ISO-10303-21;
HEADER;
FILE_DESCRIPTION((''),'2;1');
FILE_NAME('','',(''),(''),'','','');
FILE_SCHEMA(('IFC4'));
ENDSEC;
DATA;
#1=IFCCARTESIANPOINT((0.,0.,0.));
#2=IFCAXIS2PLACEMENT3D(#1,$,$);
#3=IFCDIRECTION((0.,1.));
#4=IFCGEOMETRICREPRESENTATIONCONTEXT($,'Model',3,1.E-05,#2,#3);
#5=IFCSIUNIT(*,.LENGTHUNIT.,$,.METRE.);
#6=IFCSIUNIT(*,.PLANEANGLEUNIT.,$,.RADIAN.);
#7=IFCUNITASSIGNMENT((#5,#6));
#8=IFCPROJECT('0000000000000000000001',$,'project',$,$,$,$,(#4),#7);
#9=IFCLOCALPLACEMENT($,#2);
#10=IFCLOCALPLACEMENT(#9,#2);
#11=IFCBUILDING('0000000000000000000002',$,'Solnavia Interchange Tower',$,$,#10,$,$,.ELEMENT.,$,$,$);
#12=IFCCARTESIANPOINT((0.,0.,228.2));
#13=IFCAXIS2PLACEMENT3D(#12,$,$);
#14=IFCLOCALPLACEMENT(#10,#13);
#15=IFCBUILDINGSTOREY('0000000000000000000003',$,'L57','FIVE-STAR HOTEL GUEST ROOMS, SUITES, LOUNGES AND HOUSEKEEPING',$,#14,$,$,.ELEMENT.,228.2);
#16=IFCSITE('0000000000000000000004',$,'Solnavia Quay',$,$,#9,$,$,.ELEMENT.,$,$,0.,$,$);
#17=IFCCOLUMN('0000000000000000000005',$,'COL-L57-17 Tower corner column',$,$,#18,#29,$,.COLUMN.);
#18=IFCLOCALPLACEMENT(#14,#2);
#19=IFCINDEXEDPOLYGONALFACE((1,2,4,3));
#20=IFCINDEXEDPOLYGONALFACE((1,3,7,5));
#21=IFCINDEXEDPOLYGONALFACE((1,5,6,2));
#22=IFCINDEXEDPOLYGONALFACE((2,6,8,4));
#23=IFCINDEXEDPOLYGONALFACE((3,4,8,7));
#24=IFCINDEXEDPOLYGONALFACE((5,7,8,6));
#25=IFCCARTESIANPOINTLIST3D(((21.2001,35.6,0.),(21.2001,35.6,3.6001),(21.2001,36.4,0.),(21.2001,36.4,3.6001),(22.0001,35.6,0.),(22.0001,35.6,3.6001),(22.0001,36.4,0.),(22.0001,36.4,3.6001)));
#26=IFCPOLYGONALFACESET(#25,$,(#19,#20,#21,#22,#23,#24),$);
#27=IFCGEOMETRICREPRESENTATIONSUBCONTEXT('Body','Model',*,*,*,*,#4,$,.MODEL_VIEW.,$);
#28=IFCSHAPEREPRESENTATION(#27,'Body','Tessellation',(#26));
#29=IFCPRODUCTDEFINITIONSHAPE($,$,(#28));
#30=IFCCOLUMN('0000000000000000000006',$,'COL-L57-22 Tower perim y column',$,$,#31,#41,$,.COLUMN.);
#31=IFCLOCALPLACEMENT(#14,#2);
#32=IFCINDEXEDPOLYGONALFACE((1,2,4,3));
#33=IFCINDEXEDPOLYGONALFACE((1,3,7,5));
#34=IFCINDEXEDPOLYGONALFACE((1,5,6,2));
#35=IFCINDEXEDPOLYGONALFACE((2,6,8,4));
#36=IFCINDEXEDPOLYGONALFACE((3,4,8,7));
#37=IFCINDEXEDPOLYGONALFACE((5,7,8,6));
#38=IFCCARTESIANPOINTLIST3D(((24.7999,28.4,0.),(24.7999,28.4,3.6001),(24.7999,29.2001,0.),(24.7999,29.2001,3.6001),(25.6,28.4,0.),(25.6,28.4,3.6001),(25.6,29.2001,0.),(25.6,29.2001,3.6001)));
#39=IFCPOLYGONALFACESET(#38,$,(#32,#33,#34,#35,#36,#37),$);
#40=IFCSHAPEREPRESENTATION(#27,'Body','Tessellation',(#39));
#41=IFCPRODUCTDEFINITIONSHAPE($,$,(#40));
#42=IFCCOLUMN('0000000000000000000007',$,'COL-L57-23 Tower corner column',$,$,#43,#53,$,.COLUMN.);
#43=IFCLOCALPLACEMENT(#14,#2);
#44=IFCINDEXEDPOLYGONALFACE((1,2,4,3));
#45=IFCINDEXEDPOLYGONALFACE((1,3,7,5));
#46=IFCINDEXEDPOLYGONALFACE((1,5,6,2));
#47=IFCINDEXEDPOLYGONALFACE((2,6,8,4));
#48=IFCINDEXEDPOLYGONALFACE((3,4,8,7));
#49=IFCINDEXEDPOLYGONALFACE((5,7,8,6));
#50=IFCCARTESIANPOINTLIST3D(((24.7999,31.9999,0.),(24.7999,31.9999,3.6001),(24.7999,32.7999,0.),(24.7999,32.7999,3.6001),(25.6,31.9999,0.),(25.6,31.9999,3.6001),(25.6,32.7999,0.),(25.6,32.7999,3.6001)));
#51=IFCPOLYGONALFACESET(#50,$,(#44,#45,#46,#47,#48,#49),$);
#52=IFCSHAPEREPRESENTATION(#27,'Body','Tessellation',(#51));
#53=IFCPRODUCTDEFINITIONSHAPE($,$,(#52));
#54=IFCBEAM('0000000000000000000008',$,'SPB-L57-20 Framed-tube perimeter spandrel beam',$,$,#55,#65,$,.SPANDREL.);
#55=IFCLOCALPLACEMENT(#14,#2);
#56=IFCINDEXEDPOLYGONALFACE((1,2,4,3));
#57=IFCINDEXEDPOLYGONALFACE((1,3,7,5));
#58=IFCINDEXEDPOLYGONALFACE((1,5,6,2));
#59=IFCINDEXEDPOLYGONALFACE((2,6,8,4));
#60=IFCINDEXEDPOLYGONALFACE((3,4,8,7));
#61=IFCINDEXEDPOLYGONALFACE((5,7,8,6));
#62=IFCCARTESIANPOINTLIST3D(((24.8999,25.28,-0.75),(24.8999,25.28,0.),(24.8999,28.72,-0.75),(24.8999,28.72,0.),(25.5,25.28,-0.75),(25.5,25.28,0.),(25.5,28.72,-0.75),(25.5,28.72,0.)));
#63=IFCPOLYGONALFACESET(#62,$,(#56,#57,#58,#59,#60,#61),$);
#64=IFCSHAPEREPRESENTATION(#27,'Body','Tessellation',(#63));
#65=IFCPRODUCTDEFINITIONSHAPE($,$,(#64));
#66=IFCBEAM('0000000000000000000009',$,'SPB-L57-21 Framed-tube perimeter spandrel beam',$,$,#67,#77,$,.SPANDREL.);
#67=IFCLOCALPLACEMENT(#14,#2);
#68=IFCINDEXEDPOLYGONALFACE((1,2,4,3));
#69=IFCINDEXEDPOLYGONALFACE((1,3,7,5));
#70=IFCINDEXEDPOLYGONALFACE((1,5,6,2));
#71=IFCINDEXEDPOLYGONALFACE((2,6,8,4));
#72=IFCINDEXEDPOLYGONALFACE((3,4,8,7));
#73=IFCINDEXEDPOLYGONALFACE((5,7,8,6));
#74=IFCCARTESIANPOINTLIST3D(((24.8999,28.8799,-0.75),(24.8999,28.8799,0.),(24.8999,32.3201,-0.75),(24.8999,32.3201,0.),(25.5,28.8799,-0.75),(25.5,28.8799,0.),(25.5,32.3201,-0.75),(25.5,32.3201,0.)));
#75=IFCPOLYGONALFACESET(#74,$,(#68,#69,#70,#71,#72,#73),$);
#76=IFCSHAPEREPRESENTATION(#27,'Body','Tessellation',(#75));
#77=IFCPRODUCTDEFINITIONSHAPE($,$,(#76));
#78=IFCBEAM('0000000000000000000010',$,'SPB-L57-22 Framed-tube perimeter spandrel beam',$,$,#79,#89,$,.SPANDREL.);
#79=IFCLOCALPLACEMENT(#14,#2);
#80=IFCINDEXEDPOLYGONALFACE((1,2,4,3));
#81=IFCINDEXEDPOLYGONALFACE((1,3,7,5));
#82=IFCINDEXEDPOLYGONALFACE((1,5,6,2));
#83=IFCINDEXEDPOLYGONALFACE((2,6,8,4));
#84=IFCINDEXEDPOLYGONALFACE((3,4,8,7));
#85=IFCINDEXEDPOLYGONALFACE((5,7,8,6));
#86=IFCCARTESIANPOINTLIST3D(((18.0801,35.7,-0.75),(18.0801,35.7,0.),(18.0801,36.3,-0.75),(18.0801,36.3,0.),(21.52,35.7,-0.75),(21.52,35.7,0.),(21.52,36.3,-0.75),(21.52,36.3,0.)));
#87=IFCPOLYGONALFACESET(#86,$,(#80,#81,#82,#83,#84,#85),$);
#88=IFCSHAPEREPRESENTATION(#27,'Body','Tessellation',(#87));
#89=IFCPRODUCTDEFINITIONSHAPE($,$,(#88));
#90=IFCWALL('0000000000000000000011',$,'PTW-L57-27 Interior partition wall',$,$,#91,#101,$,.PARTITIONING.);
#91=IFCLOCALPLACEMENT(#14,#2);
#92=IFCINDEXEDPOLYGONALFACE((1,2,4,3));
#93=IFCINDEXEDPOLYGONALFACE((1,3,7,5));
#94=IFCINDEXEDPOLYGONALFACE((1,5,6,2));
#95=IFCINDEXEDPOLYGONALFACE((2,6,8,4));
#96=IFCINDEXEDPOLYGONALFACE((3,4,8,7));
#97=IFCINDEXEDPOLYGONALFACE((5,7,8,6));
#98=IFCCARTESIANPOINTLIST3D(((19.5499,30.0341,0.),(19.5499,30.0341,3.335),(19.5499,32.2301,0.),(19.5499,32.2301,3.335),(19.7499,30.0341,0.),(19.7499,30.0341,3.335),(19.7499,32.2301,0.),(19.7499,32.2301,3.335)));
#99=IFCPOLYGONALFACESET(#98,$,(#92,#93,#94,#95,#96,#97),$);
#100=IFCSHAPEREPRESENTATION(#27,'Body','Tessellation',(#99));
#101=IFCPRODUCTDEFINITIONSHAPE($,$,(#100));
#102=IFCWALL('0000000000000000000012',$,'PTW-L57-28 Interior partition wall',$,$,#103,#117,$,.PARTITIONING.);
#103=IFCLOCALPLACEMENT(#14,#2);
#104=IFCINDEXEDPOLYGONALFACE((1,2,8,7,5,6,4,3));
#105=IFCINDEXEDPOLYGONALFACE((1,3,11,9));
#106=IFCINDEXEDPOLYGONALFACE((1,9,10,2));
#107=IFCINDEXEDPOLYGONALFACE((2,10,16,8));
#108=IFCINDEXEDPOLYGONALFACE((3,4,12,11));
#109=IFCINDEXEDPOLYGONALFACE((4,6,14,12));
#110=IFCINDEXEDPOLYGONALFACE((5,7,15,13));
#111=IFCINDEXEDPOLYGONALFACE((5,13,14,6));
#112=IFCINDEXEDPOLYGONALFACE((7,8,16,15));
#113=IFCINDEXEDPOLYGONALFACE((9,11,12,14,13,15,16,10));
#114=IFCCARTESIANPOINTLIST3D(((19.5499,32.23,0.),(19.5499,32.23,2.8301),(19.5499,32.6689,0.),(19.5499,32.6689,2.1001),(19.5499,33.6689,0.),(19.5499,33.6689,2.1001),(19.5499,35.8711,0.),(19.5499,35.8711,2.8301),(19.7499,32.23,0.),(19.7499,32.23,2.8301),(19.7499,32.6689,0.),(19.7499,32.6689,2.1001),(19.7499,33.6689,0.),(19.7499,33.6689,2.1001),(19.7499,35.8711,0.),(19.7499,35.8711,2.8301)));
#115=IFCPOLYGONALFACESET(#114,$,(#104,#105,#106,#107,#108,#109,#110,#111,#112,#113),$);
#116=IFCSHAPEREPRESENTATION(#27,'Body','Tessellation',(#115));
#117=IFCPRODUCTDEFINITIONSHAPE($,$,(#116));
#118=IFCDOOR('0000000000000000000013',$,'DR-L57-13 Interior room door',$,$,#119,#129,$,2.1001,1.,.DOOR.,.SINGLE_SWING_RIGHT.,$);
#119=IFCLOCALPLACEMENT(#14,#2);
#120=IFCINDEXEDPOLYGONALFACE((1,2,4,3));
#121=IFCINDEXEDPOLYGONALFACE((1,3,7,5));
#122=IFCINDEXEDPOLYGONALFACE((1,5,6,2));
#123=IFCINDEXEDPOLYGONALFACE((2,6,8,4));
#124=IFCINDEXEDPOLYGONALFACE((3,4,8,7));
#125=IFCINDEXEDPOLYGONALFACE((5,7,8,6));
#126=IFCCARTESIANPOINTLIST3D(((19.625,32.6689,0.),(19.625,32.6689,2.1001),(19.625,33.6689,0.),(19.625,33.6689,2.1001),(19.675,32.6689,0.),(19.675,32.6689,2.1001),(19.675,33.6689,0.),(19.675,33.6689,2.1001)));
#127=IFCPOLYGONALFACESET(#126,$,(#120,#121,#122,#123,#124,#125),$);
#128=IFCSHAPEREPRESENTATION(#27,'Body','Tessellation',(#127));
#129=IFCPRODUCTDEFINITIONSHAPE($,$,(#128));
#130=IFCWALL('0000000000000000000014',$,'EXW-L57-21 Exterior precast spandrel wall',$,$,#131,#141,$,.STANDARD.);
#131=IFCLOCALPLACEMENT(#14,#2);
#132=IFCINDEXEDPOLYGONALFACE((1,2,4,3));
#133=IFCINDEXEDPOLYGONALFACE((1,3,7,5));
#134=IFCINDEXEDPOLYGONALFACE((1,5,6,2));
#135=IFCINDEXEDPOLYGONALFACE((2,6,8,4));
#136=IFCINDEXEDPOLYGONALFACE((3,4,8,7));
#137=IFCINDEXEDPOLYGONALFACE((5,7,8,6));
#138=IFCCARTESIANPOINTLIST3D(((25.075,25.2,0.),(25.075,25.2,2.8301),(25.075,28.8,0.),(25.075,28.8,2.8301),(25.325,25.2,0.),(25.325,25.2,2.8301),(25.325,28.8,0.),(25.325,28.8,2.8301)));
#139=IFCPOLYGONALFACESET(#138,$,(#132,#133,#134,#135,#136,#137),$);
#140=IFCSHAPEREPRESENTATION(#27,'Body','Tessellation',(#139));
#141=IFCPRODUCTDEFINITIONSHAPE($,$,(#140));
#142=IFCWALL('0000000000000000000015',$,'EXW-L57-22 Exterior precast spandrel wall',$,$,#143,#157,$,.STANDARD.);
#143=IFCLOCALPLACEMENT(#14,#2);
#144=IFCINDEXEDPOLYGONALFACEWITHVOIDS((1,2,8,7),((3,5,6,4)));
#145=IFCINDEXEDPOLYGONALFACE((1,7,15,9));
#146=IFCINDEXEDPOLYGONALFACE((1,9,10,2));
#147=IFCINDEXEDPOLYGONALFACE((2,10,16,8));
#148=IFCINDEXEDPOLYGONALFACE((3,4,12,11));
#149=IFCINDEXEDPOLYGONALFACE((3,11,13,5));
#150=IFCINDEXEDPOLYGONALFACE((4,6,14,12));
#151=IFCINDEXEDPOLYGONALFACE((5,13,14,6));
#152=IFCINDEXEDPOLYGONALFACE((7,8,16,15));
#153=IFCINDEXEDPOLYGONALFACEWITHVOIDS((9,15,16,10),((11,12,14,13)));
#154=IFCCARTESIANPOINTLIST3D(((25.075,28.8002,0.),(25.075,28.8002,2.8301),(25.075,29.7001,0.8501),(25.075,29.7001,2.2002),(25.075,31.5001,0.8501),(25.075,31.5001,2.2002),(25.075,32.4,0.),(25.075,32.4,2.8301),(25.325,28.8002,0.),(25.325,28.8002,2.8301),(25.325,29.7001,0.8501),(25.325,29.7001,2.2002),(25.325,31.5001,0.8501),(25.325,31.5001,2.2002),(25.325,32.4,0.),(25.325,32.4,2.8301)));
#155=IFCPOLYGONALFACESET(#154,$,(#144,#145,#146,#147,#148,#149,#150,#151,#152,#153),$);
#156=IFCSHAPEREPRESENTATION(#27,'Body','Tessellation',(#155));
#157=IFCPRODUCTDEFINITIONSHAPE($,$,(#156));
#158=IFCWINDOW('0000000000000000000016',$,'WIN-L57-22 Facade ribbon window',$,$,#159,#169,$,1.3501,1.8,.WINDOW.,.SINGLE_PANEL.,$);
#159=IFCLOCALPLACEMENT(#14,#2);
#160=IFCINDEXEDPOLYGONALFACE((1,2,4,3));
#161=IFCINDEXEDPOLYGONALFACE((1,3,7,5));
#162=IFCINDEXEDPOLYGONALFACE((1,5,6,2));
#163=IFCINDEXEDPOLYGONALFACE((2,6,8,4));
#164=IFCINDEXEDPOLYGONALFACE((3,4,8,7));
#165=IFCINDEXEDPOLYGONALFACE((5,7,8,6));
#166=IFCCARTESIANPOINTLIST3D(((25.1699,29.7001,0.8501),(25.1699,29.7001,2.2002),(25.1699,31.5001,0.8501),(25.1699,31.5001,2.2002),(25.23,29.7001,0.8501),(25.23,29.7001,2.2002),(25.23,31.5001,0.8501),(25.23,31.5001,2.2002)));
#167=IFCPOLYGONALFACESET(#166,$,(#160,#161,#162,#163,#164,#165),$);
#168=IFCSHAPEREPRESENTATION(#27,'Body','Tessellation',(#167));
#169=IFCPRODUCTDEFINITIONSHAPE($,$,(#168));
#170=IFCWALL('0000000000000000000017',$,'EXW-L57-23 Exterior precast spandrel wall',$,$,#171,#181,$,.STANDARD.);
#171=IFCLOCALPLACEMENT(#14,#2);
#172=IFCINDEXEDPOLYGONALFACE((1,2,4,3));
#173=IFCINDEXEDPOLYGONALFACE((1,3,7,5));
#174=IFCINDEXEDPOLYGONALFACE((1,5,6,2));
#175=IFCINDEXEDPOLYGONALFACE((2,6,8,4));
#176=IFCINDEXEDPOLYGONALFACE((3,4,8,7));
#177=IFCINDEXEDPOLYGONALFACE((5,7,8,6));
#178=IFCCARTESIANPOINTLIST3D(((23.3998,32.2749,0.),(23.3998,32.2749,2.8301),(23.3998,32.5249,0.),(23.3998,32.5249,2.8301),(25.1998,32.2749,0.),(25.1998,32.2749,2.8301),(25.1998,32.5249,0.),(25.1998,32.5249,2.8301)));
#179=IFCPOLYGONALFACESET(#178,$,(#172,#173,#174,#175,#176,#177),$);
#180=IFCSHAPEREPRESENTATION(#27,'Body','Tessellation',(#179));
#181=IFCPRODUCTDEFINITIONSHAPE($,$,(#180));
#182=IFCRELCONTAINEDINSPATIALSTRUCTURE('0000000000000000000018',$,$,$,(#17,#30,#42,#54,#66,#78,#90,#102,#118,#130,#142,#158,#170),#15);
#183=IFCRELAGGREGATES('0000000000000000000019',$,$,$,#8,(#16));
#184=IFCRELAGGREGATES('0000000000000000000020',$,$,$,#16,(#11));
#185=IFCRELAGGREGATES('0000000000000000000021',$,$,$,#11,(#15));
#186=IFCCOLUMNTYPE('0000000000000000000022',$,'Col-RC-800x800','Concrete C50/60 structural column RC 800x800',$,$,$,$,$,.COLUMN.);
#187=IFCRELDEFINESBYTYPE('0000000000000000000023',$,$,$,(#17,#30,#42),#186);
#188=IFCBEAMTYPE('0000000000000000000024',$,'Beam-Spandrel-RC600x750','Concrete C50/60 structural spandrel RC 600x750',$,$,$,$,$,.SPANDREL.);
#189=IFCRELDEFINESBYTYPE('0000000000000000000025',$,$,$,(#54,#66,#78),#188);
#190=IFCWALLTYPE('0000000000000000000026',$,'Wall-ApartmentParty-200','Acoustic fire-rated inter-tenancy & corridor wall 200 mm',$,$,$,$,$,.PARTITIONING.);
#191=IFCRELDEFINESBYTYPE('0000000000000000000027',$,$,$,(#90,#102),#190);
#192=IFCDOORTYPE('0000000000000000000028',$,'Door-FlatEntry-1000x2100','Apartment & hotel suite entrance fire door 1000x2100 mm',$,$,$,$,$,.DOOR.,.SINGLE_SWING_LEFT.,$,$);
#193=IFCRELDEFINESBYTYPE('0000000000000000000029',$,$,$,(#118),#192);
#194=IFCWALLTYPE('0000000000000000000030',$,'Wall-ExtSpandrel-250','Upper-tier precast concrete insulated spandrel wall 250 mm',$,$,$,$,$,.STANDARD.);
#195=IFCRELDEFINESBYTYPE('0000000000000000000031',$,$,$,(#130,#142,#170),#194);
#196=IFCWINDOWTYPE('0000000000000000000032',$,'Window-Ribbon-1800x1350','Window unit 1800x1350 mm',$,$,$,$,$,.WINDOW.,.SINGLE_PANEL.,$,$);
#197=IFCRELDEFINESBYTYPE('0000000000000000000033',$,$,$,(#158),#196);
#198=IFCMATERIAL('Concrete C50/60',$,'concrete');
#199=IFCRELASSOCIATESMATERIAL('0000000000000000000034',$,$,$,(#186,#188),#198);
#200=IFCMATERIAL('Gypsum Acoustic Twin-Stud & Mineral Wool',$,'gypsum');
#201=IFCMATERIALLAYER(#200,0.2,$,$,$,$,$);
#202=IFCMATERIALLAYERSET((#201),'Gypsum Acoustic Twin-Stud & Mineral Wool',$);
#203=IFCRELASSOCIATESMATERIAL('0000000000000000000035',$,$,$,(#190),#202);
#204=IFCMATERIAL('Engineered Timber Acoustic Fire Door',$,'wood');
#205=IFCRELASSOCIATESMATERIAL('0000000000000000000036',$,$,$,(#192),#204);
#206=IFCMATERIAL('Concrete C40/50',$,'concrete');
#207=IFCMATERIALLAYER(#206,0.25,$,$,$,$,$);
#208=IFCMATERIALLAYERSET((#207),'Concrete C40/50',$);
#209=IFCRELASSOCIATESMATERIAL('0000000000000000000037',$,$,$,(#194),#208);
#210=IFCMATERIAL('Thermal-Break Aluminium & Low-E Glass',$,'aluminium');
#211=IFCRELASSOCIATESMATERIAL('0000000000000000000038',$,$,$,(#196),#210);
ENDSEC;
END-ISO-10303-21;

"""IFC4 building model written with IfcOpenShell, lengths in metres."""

from ifc_helpers import new_model, si_unit, direction, frame, frame_2d, origin, origin_2d, place, context, subcontext, project, spatial, rectangle, extrude, material, layer, layer_set, material_profile, profile_set, type_object, element, fill, save


model = new_model("IFC4")

# Units and contexts
model_context = context("Model", 3, precision=1e-05, world=origin(), true_north=direction((0.0, 1.0)))
body_context = subcontext(model_context, "Body", "Model", "MODEL_VIEW")
ifc_project = project(units=[si_unit("LENGTHUNIT", "METRE"), si_unit("PLANEANGLEUNIT", "RADIAN")], contexts=[model_context])

# Site, building, storey
site_placement = place(None, origin())
site = spatial("IfcSite", under=ifc_project, at=site_placement, Name="Solnavia Quay", CompositionType="ELEMENT", RefElevation=0.0)
building_placement = place(site_placement, origin())
building = spatial("IfcBuilding", under=site, at=building_placement, Name="Solnavia Interchange Tower", CompositionType="ELEMENT")
storey_placement = place(building_placement, frame((0.0, 0.0, 228.2)))
storey = spatial("IfcBuildingStorey", under=building, at=storey_placement, Name="L57", Description="FIVE-STAR HOTEL GUEST ROOMS, SUITES, LOUNGES AND HOUSEKEEPING", CompositionType="ELEMENT", Elevation=228.2)

# Columns
ifc_material_1 = material(Name="Concrete C50/60", Category="concrete")
ifc_material_profile_1 = material_profile(ifc_material_1, rectangle(XDim=0.8, YDim=0.8, at=origin_2d()), Name="RC 800x800")
ifc_profile_set_1 = profile_set([ifc_material_profile_1], Name="Concrete C50/60")
column_type = type_object("IfcColumnType", Name="Col-RC-800x800", Description="Concrete C50/60 structural column RC 800x800", PredefinedType="COLUMN", material=ifc_profile_set_1)
for number, where, z_axis, x_axis, name in (
    (1, (21.6001, 36.0, 0.0), (0.0, 0.0, 1.0), (1.0, 0.0, 0.0), "COL-L57-17 Tower corner column"),
    (2, (25.2, 28.8, 0.0), (0.0, 0.0, 1.0), (0.0, 1.0, 0.0), "COL-L57-22 Tower perim y column"),
    (3, (25.2, 32.3999, 0.0), (0.0, 0.0, 1.0), (0.0, 1.0, 0.0), "COL-L57-23 Tower corner column"),
):
    element("IfcColumn", number, at=place(storey_placement, frame(where, z_axis=z_axis, x_axis=x_axis)), inside=storey, type_object=column_type, Name=name, PredefinedType="COLUMN", context=body_context, shape_type="SweptSolid", body=[
        extrude(rectangle(XDim=0.8, YDim=0.8, at=origin_2d()), origin(), (0.0, 0.0, 1.0), 3.6001),
    ])

# Beams
ifc_material_profile_2 = material_profile(ifc_material_1, rectangle(XDim=0.6001, YDim=0.75, at=origin_2d()), Name="RC 600x750")
ifc_profile_set_2 = profile_set([ifc_material_profile_2], Name="Concrete C50/60")
beam_type = type_object("IfcBeamType", Name="Beam-Spandrel-RC600x750", Description="Concrete C50/60 structural spandrel RC 600x750", PredefinedType="SPANDREL", material=ifc_profile_set_2)
beam_1_placement = place(storey_placement, frame((25.2, 25.28, -0.375), z_axis=(0.0, 1.0, 0.0), x_axis=(-1.0, 0.0, 0.0)))
element("IfcBeam", 4, at=beam_1_placement, inside=storey, type_object=beam_type, Name="SPB-L57-20 Framed-tube perimeter spandrel beam", PredefinedType="SPANDREL", context=body_context, shape_type="SweptSolid", body=[
    extrude(rectangle(XDim=0.6001, YDim=0.75, at=origin_2d()), origin(), (0.0, 0.0, 1.0), 3.4399),
])
beam_2_placement = place(storey_placement, frame((25.2, 28.8799, -0.375), z_axis=(0.0, 1.0, 0.0), x_axis=(-1.0, 0.0, 0.0)))
element("IfcBeam", 5, at=beam_2_placement, inside=storey, type_object=beam_type, Name="SPB-L57-21 Framed-tube perimeter spandrel beam", PredefinedType="SPANDREL", context=body_context, shape_type="SweptSolid", body=[
    extrude(rectangle(XDim=0.6001, YDim=0.75, at=origin_2d()), origin(), (0.0, 0.0, 1.0), 3.4402),
])
beam_3_placement = place(storey_placement, frame((21.52, 36.0, -0.375), z_axis=(-1.0, 0.0, 0.0), x_axis=(0.0, -1.0, 0.0)))
element("IfcBeam", 6, at=beam_3_placement, inside=storey, type_object=beam_type, Name="SPB-L57-22 Framed-tube perimeter spandrel beam", PredefinedType="SPANDREL", context=body_context, shape_type="SweptSolid", body=[
    extrude(rectangle(XDim=0.6001, YDim=0.75, at=origin_2d()), origin(), (0.0, 0.0, 1.0), 3.4399),
])

# Wall
ifc_material_2 = material(Name="Gypsum Acoustic Twin-Stud & Mineral Wool", Category="gypsum")
ifc_layer_1 = layer(ifc_material_2, 0.2)
ifc_layer_set_1 = layer_set([ifc_layer_1], Name="Gypsum Acoustic Twin-Stud & Mineral Wool")
wall_type_1 = type_object("IfcWallType", Name="Wall-ApartmentParty-200", Description="Acoustic fire-rated inter-tenancy & corridor wall 200 mm", PredefinedType="PARTITIONING", material=ifc_layer_set_1)
wall_1_placement = place(storey_placement, frame((19.6499, 30.0339, 0.0), z_axis=(0.0, 0.0, 1.0), x_axis=(0.0, 1.0, 0.0)))
element("IfcWall", 7, at=wall_1_placement, inside=storey, type_object=wall_type_1, Name="PTW-L57-27 Interior partition wall", PredefinedType="PARTITIONING", context=body_context, shape_type="SweptSolid", body=[
    extrude(rectangle(XDim=2.196, YDim=0.2, at=frame_2d((1.0981, 0.0))), origin(), (0.0, 0.0, 1.0), 3.335),
])

# Wall, opening, door
wall_2_placement = place(storey_placement, frame((19.6499, 32.23, 0.0), z_axis=(0.0, 0.0, 1.0), x_axis=(0.0, 1.0, 0.0)))
wall_2 = element("IfcWall", 8, at=wall_2_placement, inside=storey, type_object=wall_type_1, Name="PTW-L57-28 Interior partition wall", PredefinedType="PARTITIONING", context=body_context, shape_type="SweptSolid", body=[
    extrude(rectangle(XDim=3.6411, YDim=0.2, at=frame_2d((1.8206, 0.0))), origin(), (0.0, 0.0, 1.0), 2.8301),
])
opening_1_placement = place(wall_2_placement, frame((0.439, 0.0, 0.0)))
opening_1 = element("IfcOpeningElement", 9, at=opening_1_placement, cuts=wall_2, PredefinedType="OPENING", context=body_context, shape_type="SweptSolid", body=[
    extrude(rectangle(XDim=1.0, YDim=2.1001, at=frame_2d((0.5, 1.05))), frame((0.0, 0.1099, 0.0), z_axis=(0.0, -1.0, 0.0), x_axis=(1.0, 0.0, 0.0)), (0.0, 0.0, 1.0), 0.22),
])
ifc_material_3 = material(Name="Engineered Timber Acoustic Fire Door", Category="wood")
door_type_1 = type_object("IfcDoorType", Name="Door-FlatEntry-1000x2100", Description="Apartment & hotel suite entrance fire door 1000x2100 mm", OperationType="SINGLE_SWING_LEFT", PredefinedType="DOOR", material=ifc_material_3)
door_1_placement = place(opening_1_placement, origin())
door_1 = element("IfcDoor", 10, at=door_1_placement, inside=storey, type_object=door_type_1, Name="DR-L57-13 Interior room door", OperationType="SINGLE_SWING_RIGHT", OverallHeight=2.1001, OverallWidth=1.0, PredefinedType="DOOR", context=body_context, shape_type="SweptSolid", body=[
    extrude(rectangle(XDim=1.0, YDim=2.1001, at=frame_2d((0.5, 1.05))), frame((0.0, 0.0249, 0.0), z_axis=(0.0, -1.0, 0.0), x_axis=(1.0, 0.0, 0.0)), (0.0, 0.0, 1.0), 0.05),
])
fill(opening_1, door_1)

# Wall
ifc_material_4 = material(Name="Concrete C40/50", Category="concrete")
ifc_layer_2 = layer(ifc_material_4, 0.25)
ifc_layer_set_2 = layer_set([ifc_layer_2], Name="Concrete C40/50")
wall_type_2 = type_object("IfcWallType", Name="Wall-ExtSpandrel-250", Description="Upper-tier precast concrete insulated spandrel wall 250 mm", PredefinedType="STANDARD", material=ifc_layer_set_2)
wall_3_placement = place(storey_placement, frame((25.2, 28.8, 0.0), z_axis=(0.0, 0.0, 1.0), x_axis=(0.0, -1.0, 0.0)))
element("IfcWall", 11, at=wall_3_placement, inside=storey, type_object=wall_type_2, Name="EXW-L57-21 Exterior precast spandrel wall", PredefinedType="STANDARD", context=body_context, shape_type="SweptSolid", body=[
    extrude(rectangle(XDim=3.6001, YDim=0.25, at=frame_2d((1.8, 0.0))), origin(), (0.0, 0.0, 1.0), 2.8301),
])

# Wall, opening, window
wall_4_placement = place(storey_placement, frame((25.2, 32.3999, 0.0), z_axis=(0.0, 0.0, 1.0), x_axis=(0.0, -1.0, 0.0)))
wall_4 = element("IfcWall", 12, at=wall_4_placement, inside=storey, type_object=wall_type_2, Name="EXW-L57-22 Exterior precast spandrel wall", PredefinedType="STANDARD", context=body_context, shape_type="SweptSolid", body=[
    extrude(rectangle(XDim=3.5999, YDim=0.25, at=frame_2d((1.7998, 0.0))), origin(), (0.0, 0.0, 1.0), 2.8301),
])
opening_2_placement = place(wall_4_placement, frame((0.8999, 0.0, 0.8501)))
opening_2 = element("IfcOpeningElement", 13, at=opening_2_placement, cuts=wall_4, PredefinedType="OPENING", context=body_context, shape_type="SweptSolid", body=[
    extrude(rectangle(XDim=1.8, YDim=1.3501, at=frame_2d((0.8999, 0.675))), frame((0.0, 0.135, 0.0), z_axis=(0.0, -1.0, 0.0), x_axis=(1.0, 0.0, 0.0)), (0.0, 0.0, 1.0), 0.27),
])
ifc_material_5 = material(Name="Thermal-Break Aluminium & Low-E Glass", Category="aluminium")
window_type = type_object("IfcWindowType", Name="Window-Ribbon-1800x1350", Description="Window unit 1800x1350 mm", PartitioningType="SINGLE_PANEL", PredefinedType="WINDOW", material=ifc_material_5)
window_placement = place(opening_2_placement, origin())
window = element("IfcWindow", 14, at=window_placement, inside=storey, type_object=window_type, Name="WIN-L57-22 Facade ribbon window", OverallHeight=1.3501, OverallWidth=1.8, PartitioningType="SINGLE_PANEL", PredefinedType="WINDOW", context=body_context, shape_type="SweptSolid", body=[
    extrude(rectangle(XDim=1.8, YDim=1.3501, at=frame_2d((0.8999, 0.675))), frame((0.0, 0.03, 0.0), z_axis=(0.0, -1.0, 0.0), x_axis=(1.0, 0.0, 0.0)), (0.0, 0.0, 1.0), 0.0601),
])
fill(opening_2, window)

# Wall
wall_5_placement = place(storey_placement, frame((23.3999, 32.3999, 0.0), z_axis=(0.0, 0.0, 1.0), x_axis=(1.0, 0.0, 0.0)))
element("IfcWall", 15, at=wall_5_placement, inside=storey, type_object=wall_type_2, Name="EXW-L57-23 Exterior precast spandrel wall", PredefinedType="STANDARD", context=body_context, shape_type="SweptSolid", body=[
    extrude(rectangle(XDim=1.8, YDim=0.25, at=frame_2d((0.8999, 0.0))), origin(), (0.0, 0.0, 1.0), 2.8301),
])

save(model, "model.ifc")
